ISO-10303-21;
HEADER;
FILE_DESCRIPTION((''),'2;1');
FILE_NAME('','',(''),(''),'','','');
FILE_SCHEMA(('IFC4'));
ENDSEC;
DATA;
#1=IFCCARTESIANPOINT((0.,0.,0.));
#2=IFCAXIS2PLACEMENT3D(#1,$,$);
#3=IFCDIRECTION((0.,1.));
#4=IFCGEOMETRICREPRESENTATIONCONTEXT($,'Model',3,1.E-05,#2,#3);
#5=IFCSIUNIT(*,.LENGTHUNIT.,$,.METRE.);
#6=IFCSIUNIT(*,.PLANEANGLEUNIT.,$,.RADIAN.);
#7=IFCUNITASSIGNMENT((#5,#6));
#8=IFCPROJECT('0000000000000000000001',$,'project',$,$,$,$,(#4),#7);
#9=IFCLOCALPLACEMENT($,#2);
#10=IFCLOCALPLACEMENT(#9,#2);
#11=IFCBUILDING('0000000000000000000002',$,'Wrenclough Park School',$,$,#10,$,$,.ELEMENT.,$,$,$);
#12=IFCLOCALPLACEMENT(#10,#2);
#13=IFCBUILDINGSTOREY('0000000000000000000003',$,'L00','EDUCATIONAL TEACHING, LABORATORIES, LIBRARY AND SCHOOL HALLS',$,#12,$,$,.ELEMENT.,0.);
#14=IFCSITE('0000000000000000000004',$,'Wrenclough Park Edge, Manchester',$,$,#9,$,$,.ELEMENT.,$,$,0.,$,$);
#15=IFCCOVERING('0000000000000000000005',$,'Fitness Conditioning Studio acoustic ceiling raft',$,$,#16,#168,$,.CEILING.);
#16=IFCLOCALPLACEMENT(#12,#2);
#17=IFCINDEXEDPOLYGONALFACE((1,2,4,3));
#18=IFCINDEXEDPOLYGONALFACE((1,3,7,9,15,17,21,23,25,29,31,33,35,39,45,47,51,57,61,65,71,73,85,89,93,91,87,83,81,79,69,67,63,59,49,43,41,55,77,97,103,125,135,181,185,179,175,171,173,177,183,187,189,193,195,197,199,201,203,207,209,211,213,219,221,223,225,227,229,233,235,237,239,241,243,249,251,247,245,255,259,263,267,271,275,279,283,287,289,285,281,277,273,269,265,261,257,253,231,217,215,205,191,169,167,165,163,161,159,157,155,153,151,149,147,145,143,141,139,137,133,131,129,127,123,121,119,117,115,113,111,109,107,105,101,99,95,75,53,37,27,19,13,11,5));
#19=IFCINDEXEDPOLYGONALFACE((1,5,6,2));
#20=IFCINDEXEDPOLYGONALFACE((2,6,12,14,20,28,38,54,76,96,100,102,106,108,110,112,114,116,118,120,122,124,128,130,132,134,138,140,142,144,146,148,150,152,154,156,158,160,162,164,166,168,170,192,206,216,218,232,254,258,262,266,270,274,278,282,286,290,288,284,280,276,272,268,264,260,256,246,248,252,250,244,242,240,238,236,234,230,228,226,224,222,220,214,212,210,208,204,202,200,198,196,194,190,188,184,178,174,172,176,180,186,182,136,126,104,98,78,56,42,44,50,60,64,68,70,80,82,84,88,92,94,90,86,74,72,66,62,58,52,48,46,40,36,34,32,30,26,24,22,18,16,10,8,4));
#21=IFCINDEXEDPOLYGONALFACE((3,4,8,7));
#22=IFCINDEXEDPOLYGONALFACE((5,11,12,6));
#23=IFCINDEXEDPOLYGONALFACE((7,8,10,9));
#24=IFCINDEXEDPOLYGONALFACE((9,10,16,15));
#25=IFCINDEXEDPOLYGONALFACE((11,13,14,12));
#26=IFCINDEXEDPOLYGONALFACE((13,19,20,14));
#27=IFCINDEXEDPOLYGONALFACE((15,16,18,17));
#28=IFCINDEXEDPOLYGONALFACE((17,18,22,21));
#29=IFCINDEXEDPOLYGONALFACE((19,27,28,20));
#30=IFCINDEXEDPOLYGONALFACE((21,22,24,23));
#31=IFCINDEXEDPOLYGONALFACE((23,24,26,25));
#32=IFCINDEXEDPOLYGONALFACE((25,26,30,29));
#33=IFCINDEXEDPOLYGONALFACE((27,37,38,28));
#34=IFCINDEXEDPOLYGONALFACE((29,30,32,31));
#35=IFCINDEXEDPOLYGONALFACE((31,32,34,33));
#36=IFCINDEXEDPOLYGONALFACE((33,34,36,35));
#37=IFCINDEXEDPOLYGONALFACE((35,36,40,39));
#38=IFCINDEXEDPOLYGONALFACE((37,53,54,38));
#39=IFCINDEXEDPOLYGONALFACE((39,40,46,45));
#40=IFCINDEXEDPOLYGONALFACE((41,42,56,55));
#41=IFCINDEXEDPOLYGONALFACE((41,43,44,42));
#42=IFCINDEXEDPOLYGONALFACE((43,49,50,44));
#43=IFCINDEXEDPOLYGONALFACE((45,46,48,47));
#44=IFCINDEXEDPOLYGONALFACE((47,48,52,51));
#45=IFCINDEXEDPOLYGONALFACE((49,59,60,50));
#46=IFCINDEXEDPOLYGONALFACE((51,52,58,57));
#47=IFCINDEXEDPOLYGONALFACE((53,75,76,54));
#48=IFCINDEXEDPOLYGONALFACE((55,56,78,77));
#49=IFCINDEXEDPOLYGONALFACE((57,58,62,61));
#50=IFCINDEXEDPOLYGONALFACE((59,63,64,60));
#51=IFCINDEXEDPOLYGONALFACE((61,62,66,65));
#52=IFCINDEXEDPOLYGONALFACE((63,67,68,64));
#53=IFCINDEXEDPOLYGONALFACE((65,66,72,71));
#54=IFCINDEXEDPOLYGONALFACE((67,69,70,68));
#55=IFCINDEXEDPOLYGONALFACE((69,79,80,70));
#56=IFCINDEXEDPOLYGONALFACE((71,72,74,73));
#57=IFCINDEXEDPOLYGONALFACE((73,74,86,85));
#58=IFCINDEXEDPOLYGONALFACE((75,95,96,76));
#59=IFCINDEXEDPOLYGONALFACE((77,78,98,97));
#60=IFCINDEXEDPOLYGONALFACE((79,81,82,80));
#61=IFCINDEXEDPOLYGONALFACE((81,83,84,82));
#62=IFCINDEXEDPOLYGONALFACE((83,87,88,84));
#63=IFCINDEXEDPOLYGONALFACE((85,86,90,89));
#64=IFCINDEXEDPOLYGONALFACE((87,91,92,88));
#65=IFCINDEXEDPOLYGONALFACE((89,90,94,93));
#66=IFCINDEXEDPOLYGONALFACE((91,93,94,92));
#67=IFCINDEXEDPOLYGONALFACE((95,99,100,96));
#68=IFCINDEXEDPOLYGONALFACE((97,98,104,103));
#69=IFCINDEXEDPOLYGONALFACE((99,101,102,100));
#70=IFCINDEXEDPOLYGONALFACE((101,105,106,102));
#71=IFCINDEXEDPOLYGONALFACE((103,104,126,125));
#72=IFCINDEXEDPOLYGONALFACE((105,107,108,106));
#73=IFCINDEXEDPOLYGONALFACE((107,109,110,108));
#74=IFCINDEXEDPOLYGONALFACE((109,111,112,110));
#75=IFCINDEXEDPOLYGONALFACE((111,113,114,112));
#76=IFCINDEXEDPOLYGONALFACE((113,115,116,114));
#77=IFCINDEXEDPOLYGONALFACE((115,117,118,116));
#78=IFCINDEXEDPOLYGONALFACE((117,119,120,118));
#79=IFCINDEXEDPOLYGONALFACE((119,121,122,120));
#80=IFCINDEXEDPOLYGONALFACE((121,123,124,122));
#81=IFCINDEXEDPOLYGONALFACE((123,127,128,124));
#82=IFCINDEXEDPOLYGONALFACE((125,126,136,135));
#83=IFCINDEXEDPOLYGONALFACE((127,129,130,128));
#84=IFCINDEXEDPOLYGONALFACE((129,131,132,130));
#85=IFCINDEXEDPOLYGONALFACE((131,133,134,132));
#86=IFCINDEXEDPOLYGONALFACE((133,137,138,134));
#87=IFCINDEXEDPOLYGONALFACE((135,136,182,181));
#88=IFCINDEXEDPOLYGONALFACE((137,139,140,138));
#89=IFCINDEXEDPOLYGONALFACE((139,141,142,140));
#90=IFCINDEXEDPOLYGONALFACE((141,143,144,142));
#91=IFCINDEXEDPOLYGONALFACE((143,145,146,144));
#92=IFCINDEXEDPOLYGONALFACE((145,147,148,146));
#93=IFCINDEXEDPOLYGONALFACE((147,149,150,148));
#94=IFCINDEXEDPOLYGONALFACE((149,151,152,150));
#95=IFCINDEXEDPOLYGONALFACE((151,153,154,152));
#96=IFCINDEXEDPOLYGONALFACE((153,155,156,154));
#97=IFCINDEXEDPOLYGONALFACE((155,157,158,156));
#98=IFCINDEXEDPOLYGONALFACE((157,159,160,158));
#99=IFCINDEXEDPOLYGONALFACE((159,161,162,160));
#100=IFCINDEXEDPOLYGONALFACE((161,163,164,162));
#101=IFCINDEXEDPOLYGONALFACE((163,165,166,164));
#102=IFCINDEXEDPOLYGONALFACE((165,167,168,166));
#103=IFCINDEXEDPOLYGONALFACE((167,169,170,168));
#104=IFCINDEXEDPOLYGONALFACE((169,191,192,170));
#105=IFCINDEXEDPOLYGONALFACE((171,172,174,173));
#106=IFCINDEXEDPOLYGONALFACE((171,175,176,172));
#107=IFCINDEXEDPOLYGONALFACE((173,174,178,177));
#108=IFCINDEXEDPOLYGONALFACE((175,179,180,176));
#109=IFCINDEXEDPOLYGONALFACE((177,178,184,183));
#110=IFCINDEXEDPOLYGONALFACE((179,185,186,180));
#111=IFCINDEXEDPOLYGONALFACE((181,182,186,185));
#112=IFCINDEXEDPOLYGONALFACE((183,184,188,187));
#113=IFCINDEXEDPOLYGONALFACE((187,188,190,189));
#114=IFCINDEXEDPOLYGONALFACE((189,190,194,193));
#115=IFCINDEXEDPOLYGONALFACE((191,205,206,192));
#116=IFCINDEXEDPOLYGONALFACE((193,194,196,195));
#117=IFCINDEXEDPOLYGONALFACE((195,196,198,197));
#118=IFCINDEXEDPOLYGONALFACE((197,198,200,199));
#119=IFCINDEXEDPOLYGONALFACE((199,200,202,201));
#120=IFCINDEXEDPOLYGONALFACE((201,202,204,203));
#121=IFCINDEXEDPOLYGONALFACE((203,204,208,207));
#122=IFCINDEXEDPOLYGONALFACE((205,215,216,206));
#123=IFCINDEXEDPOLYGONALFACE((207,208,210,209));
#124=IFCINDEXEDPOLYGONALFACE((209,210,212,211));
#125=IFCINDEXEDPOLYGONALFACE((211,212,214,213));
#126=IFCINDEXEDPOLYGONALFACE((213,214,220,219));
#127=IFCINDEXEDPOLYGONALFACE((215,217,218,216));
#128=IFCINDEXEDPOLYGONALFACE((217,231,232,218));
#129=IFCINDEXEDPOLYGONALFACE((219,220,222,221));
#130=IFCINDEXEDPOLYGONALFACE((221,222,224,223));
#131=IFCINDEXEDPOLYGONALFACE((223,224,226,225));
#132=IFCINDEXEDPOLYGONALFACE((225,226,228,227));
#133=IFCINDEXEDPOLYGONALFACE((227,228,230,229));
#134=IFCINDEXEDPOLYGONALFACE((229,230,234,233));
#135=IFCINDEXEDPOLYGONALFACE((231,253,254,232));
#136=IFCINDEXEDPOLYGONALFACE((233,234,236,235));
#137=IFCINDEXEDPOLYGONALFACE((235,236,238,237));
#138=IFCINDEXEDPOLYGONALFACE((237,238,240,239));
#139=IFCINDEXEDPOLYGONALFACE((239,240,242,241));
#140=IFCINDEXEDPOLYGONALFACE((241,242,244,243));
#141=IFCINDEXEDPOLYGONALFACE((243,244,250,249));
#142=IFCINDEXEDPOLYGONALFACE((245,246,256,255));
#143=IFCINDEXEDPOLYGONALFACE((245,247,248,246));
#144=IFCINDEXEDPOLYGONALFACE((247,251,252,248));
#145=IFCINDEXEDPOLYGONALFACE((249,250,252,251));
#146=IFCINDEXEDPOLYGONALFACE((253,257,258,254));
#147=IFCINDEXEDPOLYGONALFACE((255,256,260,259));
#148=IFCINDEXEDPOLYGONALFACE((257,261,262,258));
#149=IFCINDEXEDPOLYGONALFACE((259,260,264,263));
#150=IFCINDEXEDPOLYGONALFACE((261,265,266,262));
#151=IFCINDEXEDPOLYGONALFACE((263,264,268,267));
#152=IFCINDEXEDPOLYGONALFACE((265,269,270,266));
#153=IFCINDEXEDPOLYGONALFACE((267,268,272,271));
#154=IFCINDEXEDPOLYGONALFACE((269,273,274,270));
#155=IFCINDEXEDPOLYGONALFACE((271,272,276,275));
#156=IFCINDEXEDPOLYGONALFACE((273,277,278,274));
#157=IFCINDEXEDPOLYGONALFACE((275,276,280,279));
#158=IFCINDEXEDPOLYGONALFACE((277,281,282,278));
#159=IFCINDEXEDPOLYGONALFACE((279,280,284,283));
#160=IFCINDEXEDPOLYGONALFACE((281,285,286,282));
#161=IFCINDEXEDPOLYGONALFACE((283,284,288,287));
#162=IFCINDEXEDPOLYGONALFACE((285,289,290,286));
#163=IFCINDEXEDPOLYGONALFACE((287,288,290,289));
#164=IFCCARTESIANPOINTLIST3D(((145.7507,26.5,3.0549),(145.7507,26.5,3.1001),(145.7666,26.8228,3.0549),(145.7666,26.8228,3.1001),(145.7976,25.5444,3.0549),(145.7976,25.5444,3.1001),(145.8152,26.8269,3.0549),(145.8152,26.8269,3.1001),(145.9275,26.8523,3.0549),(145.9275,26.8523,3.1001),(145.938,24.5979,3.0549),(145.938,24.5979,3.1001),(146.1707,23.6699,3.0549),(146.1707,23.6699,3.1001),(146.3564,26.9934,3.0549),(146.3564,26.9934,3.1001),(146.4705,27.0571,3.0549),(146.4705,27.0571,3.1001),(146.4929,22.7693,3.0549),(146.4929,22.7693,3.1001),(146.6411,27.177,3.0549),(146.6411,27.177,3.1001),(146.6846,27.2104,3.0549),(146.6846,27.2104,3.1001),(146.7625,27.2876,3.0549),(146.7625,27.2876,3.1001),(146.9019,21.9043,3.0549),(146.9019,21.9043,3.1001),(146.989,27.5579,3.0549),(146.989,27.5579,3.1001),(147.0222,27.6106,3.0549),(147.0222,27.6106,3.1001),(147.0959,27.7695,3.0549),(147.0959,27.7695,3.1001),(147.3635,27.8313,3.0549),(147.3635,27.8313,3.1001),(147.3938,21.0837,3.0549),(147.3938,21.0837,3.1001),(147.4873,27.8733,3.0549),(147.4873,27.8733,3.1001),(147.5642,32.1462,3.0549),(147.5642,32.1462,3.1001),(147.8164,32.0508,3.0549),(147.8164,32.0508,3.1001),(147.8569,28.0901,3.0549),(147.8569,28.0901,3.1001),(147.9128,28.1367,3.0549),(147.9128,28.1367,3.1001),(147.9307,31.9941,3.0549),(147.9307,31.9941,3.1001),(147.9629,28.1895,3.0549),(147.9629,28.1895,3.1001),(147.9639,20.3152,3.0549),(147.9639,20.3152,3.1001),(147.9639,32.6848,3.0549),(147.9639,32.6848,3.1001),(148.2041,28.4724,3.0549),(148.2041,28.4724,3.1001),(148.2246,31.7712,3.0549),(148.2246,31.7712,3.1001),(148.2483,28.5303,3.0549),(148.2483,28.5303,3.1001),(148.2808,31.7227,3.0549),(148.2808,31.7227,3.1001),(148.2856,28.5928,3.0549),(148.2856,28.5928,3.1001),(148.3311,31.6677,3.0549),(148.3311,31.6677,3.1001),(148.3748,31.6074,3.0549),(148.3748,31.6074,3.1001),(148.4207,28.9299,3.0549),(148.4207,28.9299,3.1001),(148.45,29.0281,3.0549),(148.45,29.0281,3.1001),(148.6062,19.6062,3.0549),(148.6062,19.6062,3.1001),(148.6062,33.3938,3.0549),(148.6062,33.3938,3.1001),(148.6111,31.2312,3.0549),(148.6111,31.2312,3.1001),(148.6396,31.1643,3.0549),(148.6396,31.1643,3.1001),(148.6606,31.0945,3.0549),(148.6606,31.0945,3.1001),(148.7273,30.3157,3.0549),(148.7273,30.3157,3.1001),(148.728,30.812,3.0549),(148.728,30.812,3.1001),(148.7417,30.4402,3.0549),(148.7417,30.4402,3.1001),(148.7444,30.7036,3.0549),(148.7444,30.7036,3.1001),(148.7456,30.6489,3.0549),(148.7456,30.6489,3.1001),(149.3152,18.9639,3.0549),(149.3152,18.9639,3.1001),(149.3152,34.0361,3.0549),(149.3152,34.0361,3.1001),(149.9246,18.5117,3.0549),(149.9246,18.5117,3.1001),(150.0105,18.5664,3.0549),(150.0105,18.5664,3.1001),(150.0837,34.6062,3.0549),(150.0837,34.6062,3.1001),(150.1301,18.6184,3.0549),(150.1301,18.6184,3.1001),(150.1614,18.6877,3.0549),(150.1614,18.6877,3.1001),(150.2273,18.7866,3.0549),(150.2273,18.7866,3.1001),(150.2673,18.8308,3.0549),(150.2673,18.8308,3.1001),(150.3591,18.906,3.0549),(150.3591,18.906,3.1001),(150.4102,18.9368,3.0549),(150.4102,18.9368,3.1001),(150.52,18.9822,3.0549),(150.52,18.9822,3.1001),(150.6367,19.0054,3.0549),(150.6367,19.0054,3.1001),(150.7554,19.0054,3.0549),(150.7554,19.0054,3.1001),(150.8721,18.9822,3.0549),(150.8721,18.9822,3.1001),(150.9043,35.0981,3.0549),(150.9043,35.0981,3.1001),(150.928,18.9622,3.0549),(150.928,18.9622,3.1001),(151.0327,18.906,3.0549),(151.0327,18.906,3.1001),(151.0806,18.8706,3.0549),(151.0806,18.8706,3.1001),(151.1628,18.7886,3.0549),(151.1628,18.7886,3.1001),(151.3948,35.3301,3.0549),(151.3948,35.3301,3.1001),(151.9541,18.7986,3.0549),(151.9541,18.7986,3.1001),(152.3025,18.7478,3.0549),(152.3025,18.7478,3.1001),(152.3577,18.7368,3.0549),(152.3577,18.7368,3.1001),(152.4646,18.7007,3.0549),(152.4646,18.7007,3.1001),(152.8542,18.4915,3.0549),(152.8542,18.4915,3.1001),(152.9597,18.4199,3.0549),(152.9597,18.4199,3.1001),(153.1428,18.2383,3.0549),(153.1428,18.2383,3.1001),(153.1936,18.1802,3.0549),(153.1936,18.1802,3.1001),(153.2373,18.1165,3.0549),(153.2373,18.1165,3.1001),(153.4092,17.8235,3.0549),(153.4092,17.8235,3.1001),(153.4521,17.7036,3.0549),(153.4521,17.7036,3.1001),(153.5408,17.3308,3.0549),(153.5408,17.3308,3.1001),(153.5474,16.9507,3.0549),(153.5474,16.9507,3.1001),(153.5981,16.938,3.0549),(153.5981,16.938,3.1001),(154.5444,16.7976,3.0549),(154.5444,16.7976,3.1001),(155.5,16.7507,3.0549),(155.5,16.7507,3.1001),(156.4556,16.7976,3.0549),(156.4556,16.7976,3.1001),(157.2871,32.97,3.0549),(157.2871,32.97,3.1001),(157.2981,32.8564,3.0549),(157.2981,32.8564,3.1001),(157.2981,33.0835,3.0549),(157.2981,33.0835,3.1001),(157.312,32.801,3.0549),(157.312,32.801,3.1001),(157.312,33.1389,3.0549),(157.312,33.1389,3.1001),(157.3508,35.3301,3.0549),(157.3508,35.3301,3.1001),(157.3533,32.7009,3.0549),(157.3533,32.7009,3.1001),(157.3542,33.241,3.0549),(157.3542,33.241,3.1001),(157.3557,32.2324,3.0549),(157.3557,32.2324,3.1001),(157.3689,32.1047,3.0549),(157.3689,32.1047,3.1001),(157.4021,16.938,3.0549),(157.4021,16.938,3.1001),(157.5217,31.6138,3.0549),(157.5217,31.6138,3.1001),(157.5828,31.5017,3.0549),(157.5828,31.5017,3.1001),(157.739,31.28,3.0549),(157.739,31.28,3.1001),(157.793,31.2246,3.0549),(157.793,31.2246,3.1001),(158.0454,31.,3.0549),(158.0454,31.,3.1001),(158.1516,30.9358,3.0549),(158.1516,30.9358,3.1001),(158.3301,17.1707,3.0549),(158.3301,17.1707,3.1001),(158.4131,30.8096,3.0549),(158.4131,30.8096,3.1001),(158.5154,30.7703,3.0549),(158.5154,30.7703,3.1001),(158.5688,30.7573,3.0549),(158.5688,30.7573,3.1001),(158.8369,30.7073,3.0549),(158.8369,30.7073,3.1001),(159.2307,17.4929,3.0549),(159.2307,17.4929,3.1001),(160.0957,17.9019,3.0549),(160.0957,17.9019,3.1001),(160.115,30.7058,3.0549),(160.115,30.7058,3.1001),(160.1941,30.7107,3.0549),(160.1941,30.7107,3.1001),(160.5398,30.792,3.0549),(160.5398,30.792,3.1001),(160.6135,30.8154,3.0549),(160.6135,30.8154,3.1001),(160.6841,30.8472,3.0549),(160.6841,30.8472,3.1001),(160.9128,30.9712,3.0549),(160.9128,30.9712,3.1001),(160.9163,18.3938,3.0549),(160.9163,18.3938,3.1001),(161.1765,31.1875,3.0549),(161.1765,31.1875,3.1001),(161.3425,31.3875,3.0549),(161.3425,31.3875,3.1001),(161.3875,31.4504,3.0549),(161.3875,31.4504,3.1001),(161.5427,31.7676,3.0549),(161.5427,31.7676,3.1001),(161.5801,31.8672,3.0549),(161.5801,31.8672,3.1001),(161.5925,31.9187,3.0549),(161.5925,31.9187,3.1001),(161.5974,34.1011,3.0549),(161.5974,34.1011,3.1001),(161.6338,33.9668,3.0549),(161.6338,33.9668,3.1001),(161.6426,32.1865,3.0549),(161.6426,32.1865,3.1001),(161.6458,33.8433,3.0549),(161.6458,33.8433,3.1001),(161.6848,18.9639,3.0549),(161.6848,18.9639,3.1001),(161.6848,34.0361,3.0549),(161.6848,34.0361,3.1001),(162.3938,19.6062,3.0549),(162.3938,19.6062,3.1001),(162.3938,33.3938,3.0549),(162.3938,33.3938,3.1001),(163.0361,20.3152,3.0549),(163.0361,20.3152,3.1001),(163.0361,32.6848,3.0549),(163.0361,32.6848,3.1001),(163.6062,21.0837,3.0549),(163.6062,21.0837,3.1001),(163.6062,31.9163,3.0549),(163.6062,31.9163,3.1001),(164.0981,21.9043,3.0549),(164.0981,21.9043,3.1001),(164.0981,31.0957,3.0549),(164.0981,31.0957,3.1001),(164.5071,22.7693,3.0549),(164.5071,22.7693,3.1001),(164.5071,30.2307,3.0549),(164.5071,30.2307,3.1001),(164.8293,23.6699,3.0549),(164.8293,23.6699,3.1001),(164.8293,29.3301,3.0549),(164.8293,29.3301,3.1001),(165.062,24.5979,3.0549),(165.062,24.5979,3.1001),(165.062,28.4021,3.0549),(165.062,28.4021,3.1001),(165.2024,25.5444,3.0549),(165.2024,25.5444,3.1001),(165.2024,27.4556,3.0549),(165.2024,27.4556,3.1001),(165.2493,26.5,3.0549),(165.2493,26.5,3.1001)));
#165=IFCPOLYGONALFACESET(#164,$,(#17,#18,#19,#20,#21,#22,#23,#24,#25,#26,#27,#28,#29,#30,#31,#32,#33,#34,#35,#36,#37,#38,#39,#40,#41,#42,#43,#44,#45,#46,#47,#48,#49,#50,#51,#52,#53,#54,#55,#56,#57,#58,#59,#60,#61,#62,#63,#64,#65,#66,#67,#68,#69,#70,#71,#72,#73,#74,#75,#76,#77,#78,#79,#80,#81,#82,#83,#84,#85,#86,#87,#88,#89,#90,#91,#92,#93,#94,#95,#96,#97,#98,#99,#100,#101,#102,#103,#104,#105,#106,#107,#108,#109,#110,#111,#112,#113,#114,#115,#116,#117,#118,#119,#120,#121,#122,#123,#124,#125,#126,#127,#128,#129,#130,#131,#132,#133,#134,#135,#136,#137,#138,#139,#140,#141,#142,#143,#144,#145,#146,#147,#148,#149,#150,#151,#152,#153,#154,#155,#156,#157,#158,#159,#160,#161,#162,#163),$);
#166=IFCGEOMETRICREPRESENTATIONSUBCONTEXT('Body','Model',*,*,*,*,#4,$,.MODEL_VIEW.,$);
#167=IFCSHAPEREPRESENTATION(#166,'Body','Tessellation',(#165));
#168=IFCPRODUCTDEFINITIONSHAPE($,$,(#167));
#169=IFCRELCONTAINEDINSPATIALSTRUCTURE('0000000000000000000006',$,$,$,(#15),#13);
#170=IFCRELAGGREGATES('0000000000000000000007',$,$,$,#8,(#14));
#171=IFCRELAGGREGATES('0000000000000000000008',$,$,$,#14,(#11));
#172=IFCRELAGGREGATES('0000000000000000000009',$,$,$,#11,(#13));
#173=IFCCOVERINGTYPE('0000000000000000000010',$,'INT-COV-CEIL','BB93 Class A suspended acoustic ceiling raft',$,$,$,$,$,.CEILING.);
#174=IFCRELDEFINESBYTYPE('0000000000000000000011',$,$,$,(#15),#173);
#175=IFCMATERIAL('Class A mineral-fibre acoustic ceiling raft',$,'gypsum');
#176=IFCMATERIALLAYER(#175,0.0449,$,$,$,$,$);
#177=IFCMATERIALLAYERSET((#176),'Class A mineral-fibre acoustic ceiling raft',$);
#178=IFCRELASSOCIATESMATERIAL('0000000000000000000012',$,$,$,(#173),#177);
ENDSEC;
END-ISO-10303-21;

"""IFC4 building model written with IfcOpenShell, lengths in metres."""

from ifc_helpers import new_model, si_unit, direction, frame, origin, place, context, subcontext, project, spatial, polyline, outline, extrude, material, layer, layer_set, type_object, element, save


model = new_model("IFC4")

# Units and contexts
model_context = context("Model", 3, precision=1e-05, world=origin(), true_north=direction((0.0, 1.0)))
body_context = subcontext(model_context, "Body", "Model", "MODEL_VIEW")
ifc_project = project(units=[si_unit("LENGTHUNIT", "METRE"), si_unit("PLANEANGLEUNIT", "RADIAN")], contexts=[model_context])

# Site, building, storey
site_placement = place(None, origin())
site = spatial("IfcSite", under=ifc_project, at=site_placement, Name="Wrenclough Park Edge, Manchester", CompositionType="ELEMENT", RefElevation=0.0)
building_placement = place(site_placement, origin())
building = spatial("IfcBuilding", under=site, at=building_placement, Name="Wrenclough Park School", CompositionType="ELEMENT")
storey_placement = place(building_placement, origin())
storey = spatial("IfcBuildingStorey", under=building, at=storey_placement, Name="L00", Description="EDUCATIONAL TEACHING, LABORATORIES, LIBRARY AND SCHOOL HALLS", CompositionType="ELEMENT", Elevation=0.0)

# Covering
ifc_material_1 = material(Name="Class A mineral-fibre acoustic ceiling raft", Category="gypsum")
ifc_layer_1 = layer(ifc_material_1, 0.0449)
ifc_layer_set_1 = layer_set([ifc_layer_1], Name="Class A mineral-fibre acoustic ceiling raft")
covering_type_1 = type_object("IfcCoveringType", Name="INT-COV-CEIL", Description="BB93 Class A suspended acoustic ceiling raft", PredefinedType="CEILING", material=ifc_layer_set_1)
covering_1_placement = place(storey_placement, frame((0.0, 0.0, 3.0549)))
element("IfcCovering", 1, at=covering_1_placement, inside=storey, type_object=covering_type_1, Name="Fitness Conditioning Studio acoustic ceiling raft", PredefinedType="CEILING", context=body_context, shape_type="SweptSolid", body=[
    extrude(outline(polyline([(145.8152, 26.8269), (145.7666, 26.8228), (145.7507, 26.5), (145.7976, 25.5444), (145.938, 24.5979), (146.1707, 23.6699), (146.4929, 22.7693), (146.9019, 21.9043), (147.3938, 21.0837), (147.9639, 20.3152), (148.6062, 19.6062), (149.3152, 18.9639), (149.9246, 18.5117), (150.0105, 18.5664), (150.1301, 18.6184), (150.1614, 18.6877), (150.2273, 18.7866), (150.2673, 18.8308), (150.3591, 18.906), (150.4102, 18.9368), (150.52, 18.9822), (150.6367, 19.0054), (150.7554, 19.0054), (150.8721, 18.9822), (150.928, 18.9622), (151.0327, 18.906), (151.0806, 18.8706), (151.1628, 18.7886), (151.9541, 18.7986), (152.3025, 18.7478), (152.3577, 18.7368), (152.4646, 18.7007), (152.8542, 18.4915), (152.9597, 18.4199), (153.1428, 18.2383), (153.1936, 18.1802), (153.2373, 18.1165), (153.4092, 17.8235), (153.4521, 17.7036), (153.5408, 17.3308), (153.5474, 16.9507), (153.5981, 16.938), (154.5444, 16.7976), (155.5, 16.7507), (156.4556, 16.7976), (157.4021, 16.938), (158.3301, 17.1707), (159.2307, 17.4929), (160.0957, 17.9019), (160.9163, 18.3938), (161.6848, 18.9639), (162.3938, 19.6062), (163.0361, 20.3152), (163.6062, 21.0837), (164.0981, 21.9043), (164.5071, 22.7693), (164.8293, 23.6699), (165.062, 24.5979), (165.2024, 25.5444), (165.2493, 26.5), (165.2024, 27.4556), (165.062, 28.4021), (164.8293, 29.3301), (164.5071, 30.2307), (164.0981, 31.0957), (163.6062, 31.9163), (163.0361, 32.6848), (162.3938, 33.3938), (161.6848, 34.0361), (161.5974, 34.1011), (161.6338, 33.9668), (161.6458, 33.8433), (161.6426, 32.1865), (161.5925, 31.9187), (161.5801, 31.8672), (161.5427, 31.7676), (161.3875, 31.4504), (161.3425, 31.3875), (161.1765, 31.1875), (160.9128, 30.9712), (160.6841, 30.8472), (160.6135, 30.8154), (160.5398, 30.792), (160.1941, 30.7107), (160.115, 30.7058), (158.8369, 30.7073), (158.5688, 30.7573), (158.5154, 30.7703), (158.4131, 30.8096), (158.1516, 30.9358), (158.0454, 31.0), (157.793, 31.2246), (157.739, 31.28), (157.5828, 31.5017), (157.5217, 31.6138), (157.3689, 32.1047), (157.3557, 32.2324), (157.3533, 32.7009), (157.312, 32.801), (157.2981, 32.8564), (157.2871, 32.97), (157.2981, 33.0835), (157.312, 33.1389), (157.3542, 33.241), (157.3508, 35.3301), (151.3948, 35.3301), (150.9043, 35.0981), (150.0837, 34.6062), (149.3152, 34.0361), (148.6062, 33.3938), (147.9639, 32.6848), (147.5642, 32.1462), (147.8164, 32.0508), (147.9307, 31.9941), (148.2246, 31.7712), (148.2808, 31.7227), (148.3311, 31.6677), (148.3748, 31.6074), (148.6111, 31.2312), (148.6396, 31.1643), (148.6606, 31.0945), (148.728, 30.812), (148.7444, 30.7036), (148.7456, 30.6489), (148.7417, 30.4402), (148.7273, 30.3157), (148.45, 29.0281), (148.4207, 28.9299), (148.2856, 28.5928), (148.2483, 28.5303), (148.2041, 28.4724), (147.9629, 28.1895), (147.9128, 28.1367), (147.8569, 28.0901), (147.4873, 27.8733), (147.3635, 27.8313), (147.0959, 27.7695), (147.0222, 27.6106), (146.989, 27.5579), (146.7625, 27.2876), (146.6846, 27.2104), (146.6411, 27.177), (146.4705, 27.0571), (146.3564, 26.9934), (145.9275, 26.8523), (145.8152, 26.8269)])), origin(), (0.0, 0.0, 1.0), 0.0452),
])

save(model, "model.ifc")
